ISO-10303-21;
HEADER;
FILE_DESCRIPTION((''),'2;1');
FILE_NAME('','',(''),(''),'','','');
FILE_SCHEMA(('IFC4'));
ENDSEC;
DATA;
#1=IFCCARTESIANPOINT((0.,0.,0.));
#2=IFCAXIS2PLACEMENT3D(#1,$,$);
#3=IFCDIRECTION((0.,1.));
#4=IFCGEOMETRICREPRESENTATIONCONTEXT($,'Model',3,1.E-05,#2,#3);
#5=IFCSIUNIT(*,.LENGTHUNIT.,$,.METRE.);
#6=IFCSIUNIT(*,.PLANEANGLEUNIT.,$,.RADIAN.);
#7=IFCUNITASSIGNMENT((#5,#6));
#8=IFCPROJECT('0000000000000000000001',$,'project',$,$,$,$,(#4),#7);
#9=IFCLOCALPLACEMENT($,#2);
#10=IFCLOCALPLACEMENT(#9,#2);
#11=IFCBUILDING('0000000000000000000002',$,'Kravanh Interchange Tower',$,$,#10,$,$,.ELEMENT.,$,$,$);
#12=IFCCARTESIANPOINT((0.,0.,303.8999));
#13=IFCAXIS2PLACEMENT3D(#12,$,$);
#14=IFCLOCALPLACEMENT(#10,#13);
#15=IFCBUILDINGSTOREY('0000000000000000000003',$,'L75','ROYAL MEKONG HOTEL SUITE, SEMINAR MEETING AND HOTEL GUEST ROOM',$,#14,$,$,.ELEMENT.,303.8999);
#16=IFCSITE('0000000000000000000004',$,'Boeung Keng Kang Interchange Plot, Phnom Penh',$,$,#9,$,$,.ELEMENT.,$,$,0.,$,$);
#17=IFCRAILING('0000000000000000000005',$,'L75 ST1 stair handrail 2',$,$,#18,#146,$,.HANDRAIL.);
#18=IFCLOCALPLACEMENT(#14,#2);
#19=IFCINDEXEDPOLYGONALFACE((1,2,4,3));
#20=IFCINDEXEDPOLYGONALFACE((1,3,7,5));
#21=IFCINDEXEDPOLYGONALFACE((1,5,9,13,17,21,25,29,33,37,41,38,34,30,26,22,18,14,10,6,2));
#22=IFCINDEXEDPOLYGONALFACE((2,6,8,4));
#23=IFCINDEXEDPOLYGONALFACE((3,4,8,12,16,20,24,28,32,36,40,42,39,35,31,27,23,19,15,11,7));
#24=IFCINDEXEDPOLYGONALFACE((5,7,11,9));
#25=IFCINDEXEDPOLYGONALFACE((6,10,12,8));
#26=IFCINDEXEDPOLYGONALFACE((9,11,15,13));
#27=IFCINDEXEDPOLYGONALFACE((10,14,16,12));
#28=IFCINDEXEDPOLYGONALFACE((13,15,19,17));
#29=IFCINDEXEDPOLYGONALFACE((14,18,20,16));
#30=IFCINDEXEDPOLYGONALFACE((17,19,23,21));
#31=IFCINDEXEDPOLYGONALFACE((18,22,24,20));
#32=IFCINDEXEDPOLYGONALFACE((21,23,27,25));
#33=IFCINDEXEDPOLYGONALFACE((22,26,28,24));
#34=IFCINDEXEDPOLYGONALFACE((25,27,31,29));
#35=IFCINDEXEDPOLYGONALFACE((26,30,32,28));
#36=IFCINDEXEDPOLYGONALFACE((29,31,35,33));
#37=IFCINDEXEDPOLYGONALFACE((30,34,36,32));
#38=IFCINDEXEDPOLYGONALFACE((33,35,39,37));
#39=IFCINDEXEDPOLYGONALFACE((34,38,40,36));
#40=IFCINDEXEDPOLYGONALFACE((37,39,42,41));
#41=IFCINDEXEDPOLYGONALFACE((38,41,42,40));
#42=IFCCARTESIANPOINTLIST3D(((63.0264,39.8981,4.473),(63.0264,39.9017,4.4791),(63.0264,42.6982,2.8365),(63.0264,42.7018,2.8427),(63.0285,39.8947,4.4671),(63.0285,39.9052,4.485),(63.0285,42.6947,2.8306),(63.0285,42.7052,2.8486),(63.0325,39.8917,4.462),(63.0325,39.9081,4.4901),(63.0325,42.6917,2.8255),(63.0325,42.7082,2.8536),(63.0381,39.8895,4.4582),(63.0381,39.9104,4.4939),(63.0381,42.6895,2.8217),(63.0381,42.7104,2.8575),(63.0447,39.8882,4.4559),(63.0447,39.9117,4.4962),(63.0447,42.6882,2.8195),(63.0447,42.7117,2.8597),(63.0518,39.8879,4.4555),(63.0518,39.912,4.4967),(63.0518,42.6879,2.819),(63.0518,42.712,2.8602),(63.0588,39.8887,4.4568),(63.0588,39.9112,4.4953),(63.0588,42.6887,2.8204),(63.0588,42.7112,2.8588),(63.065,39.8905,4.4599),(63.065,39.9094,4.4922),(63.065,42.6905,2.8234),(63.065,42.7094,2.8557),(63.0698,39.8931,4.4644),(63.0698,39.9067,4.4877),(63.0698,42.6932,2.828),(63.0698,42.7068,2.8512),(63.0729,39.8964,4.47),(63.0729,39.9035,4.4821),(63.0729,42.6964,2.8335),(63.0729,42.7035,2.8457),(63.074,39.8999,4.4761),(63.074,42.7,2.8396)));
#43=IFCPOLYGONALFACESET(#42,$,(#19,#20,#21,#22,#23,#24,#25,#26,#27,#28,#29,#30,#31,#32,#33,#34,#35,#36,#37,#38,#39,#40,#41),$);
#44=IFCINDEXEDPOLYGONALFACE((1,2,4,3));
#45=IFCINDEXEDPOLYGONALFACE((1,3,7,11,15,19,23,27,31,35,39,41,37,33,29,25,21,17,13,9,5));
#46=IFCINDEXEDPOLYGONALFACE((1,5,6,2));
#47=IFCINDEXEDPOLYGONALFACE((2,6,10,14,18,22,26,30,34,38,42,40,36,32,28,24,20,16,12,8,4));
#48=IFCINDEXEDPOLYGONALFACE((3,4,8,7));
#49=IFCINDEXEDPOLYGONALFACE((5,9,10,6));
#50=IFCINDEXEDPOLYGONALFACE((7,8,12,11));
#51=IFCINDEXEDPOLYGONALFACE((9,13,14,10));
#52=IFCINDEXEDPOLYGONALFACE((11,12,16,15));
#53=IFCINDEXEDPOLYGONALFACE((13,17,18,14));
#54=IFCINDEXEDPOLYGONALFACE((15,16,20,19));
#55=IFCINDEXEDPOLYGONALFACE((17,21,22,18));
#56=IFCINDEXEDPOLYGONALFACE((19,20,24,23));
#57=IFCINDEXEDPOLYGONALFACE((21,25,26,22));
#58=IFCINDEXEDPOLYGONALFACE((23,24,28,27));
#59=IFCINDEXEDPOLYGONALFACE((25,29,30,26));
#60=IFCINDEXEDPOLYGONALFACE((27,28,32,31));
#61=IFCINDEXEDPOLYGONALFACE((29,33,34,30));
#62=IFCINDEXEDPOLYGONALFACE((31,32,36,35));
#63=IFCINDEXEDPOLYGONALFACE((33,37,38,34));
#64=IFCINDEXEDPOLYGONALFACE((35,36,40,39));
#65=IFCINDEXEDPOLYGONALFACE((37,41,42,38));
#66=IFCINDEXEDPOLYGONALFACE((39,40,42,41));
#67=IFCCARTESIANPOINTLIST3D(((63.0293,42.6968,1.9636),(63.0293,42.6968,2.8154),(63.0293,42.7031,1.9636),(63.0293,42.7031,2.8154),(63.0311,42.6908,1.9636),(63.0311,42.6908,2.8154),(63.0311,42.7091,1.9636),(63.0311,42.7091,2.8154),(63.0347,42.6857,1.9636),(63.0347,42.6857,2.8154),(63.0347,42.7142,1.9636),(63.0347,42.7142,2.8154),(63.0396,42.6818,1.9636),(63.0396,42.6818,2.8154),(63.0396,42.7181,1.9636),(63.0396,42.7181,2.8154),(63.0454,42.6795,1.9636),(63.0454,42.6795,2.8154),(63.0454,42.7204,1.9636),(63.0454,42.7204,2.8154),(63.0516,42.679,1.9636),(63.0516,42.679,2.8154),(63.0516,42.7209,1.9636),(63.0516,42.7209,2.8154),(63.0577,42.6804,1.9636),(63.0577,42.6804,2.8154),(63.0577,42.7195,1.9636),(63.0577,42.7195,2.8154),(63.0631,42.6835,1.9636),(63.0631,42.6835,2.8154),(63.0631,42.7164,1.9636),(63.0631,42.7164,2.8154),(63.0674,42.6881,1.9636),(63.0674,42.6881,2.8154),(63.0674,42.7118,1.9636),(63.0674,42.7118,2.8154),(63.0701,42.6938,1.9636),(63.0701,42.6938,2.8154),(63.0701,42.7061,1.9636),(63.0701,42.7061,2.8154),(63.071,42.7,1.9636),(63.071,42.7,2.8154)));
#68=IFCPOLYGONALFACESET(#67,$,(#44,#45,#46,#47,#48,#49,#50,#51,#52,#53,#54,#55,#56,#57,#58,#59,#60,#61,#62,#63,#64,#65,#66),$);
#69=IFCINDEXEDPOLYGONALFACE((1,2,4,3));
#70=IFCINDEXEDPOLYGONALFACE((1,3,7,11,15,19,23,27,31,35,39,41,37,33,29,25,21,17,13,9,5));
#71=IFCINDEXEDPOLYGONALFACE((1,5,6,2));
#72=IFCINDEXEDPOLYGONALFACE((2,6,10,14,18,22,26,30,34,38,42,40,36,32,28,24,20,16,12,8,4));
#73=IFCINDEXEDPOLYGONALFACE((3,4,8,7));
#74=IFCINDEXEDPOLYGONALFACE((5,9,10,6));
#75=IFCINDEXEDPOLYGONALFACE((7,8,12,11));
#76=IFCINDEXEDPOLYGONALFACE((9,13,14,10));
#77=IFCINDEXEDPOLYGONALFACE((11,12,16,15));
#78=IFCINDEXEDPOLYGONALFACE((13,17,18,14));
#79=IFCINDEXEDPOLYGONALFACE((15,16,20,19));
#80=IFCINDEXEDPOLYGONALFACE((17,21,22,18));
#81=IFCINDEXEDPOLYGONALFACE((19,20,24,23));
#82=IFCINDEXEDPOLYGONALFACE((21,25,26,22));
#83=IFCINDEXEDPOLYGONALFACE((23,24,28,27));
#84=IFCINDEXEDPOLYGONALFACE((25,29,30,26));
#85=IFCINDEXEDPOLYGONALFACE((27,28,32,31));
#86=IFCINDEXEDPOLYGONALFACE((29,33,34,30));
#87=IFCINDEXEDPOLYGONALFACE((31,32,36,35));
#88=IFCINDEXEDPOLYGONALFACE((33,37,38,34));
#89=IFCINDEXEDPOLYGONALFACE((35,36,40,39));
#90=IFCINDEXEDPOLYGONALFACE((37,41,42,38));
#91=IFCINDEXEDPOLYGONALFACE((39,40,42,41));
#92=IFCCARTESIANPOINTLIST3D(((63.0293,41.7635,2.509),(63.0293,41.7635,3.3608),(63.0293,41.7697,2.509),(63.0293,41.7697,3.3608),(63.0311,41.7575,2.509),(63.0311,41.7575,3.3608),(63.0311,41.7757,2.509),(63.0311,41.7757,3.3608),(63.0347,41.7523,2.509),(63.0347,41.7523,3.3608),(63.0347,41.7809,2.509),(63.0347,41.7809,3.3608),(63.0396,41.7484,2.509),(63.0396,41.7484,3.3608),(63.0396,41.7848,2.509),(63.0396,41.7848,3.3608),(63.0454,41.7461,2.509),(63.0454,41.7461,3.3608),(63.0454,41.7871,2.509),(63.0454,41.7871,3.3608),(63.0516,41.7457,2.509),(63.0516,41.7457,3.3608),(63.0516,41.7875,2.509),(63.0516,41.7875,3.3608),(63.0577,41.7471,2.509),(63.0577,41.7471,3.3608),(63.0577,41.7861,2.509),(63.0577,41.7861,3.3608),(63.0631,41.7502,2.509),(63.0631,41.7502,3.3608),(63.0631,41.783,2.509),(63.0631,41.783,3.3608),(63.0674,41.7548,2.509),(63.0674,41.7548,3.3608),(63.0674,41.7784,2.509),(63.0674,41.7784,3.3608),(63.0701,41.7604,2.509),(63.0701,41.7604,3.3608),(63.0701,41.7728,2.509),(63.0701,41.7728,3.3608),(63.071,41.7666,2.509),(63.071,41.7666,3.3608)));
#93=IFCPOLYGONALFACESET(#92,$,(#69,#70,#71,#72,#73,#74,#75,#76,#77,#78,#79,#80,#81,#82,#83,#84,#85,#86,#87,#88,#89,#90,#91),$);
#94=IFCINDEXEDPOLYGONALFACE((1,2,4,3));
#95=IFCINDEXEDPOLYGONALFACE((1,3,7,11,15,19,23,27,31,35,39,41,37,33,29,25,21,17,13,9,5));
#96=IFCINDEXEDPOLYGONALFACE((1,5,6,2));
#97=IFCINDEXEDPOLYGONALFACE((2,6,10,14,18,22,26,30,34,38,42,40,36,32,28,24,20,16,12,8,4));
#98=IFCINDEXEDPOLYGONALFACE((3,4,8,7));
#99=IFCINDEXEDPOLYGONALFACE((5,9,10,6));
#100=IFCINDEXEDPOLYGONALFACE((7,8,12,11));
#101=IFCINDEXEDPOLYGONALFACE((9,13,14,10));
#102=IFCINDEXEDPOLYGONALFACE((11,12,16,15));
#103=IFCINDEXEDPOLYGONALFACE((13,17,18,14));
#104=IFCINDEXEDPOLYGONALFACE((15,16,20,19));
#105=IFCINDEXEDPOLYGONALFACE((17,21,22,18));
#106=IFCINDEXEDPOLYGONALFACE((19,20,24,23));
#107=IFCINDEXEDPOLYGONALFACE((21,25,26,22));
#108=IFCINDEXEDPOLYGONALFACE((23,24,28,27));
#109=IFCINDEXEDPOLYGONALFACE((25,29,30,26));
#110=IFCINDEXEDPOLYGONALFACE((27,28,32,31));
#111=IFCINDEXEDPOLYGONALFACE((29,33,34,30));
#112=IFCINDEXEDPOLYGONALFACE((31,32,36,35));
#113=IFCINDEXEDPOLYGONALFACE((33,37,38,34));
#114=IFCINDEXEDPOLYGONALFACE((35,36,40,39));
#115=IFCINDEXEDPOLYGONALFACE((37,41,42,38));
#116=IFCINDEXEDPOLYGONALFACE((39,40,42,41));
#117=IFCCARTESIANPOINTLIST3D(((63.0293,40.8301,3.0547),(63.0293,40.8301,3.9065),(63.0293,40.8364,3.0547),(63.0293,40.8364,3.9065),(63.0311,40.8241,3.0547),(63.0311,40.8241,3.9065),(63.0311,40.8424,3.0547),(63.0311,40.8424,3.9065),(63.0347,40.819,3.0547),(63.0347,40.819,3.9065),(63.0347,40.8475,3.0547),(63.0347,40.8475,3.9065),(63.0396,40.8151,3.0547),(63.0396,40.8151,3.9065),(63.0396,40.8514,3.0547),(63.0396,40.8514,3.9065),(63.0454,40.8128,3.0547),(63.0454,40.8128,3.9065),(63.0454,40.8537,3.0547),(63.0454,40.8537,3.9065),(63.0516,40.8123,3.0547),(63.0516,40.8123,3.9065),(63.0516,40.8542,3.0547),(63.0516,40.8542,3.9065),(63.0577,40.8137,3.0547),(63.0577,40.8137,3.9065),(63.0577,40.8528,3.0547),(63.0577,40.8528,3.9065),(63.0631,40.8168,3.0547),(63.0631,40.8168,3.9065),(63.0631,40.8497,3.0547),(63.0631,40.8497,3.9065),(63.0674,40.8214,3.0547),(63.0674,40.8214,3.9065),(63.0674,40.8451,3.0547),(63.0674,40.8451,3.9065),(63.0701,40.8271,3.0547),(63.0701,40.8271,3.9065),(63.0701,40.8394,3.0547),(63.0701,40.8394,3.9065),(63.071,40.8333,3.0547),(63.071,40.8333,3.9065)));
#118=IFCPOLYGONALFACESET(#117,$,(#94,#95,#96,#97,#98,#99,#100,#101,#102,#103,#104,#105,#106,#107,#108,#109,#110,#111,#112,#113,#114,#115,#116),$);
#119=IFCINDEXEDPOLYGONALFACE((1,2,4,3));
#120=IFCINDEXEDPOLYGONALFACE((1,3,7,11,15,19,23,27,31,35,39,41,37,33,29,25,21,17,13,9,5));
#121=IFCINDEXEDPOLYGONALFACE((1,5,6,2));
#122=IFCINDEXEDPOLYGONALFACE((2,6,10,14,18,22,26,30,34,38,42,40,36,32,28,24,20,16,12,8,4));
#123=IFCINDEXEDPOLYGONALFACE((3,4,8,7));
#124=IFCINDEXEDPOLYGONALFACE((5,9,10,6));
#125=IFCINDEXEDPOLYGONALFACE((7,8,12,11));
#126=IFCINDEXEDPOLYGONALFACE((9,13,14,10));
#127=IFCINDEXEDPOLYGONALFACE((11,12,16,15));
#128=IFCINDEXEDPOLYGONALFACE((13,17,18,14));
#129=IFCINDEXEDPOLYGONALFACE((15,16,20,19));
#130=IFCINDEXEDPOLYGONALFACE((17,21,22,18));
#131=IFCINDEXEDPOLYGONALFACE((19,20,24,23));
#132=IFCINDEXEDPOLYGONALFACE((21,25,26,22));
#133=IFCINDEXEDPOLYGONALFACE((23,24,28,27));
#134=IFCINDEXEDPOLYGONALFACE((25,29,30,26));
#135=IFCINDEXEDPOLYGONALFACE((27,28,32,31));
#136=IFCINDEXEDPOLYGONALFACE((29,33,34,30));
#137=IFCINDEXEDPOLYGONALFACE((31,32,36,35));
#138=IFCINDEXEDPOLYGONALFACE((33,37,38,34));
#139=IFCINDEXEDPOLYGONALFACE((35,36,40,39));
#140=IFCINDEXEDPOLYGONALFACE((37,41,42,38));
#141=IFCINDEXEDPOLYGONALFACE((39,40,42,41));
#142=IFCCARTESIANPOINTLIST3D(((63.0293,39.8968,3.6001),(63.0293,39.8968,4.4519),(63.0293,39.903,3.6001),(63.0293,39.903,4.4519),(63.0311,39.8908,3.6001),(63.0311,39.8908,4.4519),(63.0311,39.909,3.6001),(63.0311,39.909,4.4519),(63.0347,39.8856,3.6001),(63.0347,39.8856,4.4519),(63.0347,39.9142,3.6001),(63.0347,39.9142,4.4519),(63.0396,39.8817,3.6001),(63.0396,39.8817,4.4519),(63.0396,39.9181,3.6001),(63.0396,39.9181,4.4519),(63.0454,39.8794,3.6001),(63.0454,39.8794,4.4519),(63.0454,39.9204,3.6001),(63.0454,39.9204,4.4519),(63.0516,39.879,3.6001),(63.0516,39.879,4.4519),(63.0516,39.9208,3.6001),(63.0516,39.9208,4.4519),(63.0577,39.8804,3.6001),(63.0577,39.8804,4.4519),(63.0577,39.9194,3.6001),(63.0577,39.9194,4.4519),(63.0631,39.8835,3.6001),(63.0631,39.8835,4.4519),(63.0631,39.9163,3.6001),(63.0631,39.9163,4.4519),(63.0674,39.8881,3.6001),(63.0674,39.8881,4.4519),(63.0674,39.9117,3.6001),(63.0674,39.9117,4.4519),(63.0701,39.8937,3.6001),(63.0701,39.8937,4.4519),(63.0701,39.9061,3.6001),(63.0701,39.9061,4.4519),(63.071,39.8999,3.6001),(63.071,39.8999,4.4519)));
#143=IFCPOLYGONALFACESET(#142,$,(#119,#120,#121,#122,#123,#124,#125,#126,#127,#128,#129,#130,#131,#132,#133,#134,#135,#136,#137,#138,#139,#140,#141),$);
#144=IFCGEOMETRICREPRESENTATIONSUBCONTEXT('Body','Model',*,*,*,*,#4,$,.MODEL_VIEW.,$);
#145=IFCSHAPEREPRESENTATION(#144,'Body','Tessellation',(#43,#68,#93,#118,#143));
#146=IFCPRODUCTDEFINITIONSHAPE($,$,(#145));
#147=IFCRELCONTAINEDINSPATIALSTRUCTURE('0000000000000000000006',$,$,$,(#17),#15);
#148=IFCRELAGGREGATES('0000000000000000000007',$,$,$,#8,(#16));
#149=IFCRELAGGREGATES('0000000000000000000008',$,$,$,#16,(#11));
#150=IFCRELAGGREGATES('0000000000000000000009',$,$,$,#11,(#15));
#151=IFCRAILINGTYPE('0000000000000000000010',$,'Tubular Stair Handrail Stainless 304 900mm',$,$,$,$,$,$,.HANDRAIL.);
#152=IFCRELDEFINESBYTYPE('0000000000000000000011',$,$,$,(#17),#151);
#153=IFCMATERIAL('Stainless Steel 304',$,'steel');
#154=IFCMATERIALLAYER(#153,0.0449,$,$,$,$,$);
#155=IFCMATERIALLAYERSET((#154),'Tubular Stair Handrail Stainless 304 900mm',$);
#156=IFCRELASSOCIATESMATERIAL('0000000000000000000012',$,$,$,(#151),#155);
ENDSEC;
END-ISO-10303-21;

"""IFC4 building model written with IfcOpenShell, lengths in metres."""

from ifc_helpers import new_model, si_unit, direction, frame, origin, origin_2d, place, context, subcontext, project, spatial, circle, extrude, material, layer, layer_set, type_object, element, save


model = new_model("IFC4")

# Units and contexts
model_context = context("Model", 3, precision=1e-05, world=origin(), true_north=direction((0.0, 1.0)))
body_context = subcontext(model_context, "Body", "Model", "MODEL_VIEW")
ifc_project = project(units=[si_unit("LENGTHUNIT", "METRE"), si_unit("PLANEANGLEUNIT", "RADIAN")], contexts=[model_context])

# Site, building, storey
site_placement = place(None, origin())
site = spatial("IfcSite", under=ifc_project, at=site_placement, Name="Boeung Keng Kang Interchange Plot, Phnom Penh", CompositionType="ELEMENT", RefElevation=0.0)
building_placement = place(site_placement, origin())
building = spatial("IfcBuilding", under=site, at=building_placement, Name="Kravanh Interchange Tower", CompositionType="ELEMENT")
storey_placement = place(building_placement, frame((0.0, 0.0, 303.8999)))
storey = spatial("IfcBuildingStorey", under=building, at=storey_placement, Name="L75", Description="ROYAL MEKONG HOTEL SUITE, SEMINAR MEETING AND HOTEL GUEST ROOM", CompositionType="ELEMENT", Elevation=303.8999)

# Railing
ifc_material_1 = material(Name="Stainless Steel 304", Category="steel")
ifc_layer_1 = layer(ifc_material_1, 0.0449)
ifc_layer_set_1 = layer_set([ifc_layer_1], Name="Tubular Stair Handrail Stainless 304 900mm")
railing_type_1 = type_object("IfcRailingType", Name="Tubular Stair Handrail Stainless 304 900mm", PredefinedType="HANDRAIL", material=ifc_layer_set_1)
railing_1_placement = place(storey_placement, frame((63.05, 42.7, 1.9636)))
element("IfcRailing", 1, at=railing_1_placement, inside=storey, type_object=railing_type_1, Name="L75 ST1 stair handrail 2", PredefinedType="HANDRAIL", context=body_context, shape_type="SweptSolid", body=[
    extrude(circle(Radius=0.0239, at=origin_2d()), frame((0.0, 0.0, 0.876), z_axis=(0.0, -0.863361, 0.504587), x_axis=(1.0, 0.0, 0.0)), (0.0, 0.0, 1.0), 3.2432),
    extrude(circle(Radius=0.021, at=origin_2d()), origin(), (0.0, 0.0, 1.0), 0.8518),
    extrude(circle(Radius=0.021, at=origin_2d()), frame((0.0, -0.9333, 0.5454)), (0.0, 0.0, 1.0), 0.8518),
    extrude(circle(Radius=0.021, at=origin_2d()), frame((0.0, -1.8667, 1.0911)), (0.0, 0.0, 1.0), 0.8518),
    extrude(circle(Radius=0.021, at=origin_2d()), frame((0.0, -2.8, 1.6365)), (0.0, 0.0, 1.0), 0.8518),
])

save(model, "model.ifc")
